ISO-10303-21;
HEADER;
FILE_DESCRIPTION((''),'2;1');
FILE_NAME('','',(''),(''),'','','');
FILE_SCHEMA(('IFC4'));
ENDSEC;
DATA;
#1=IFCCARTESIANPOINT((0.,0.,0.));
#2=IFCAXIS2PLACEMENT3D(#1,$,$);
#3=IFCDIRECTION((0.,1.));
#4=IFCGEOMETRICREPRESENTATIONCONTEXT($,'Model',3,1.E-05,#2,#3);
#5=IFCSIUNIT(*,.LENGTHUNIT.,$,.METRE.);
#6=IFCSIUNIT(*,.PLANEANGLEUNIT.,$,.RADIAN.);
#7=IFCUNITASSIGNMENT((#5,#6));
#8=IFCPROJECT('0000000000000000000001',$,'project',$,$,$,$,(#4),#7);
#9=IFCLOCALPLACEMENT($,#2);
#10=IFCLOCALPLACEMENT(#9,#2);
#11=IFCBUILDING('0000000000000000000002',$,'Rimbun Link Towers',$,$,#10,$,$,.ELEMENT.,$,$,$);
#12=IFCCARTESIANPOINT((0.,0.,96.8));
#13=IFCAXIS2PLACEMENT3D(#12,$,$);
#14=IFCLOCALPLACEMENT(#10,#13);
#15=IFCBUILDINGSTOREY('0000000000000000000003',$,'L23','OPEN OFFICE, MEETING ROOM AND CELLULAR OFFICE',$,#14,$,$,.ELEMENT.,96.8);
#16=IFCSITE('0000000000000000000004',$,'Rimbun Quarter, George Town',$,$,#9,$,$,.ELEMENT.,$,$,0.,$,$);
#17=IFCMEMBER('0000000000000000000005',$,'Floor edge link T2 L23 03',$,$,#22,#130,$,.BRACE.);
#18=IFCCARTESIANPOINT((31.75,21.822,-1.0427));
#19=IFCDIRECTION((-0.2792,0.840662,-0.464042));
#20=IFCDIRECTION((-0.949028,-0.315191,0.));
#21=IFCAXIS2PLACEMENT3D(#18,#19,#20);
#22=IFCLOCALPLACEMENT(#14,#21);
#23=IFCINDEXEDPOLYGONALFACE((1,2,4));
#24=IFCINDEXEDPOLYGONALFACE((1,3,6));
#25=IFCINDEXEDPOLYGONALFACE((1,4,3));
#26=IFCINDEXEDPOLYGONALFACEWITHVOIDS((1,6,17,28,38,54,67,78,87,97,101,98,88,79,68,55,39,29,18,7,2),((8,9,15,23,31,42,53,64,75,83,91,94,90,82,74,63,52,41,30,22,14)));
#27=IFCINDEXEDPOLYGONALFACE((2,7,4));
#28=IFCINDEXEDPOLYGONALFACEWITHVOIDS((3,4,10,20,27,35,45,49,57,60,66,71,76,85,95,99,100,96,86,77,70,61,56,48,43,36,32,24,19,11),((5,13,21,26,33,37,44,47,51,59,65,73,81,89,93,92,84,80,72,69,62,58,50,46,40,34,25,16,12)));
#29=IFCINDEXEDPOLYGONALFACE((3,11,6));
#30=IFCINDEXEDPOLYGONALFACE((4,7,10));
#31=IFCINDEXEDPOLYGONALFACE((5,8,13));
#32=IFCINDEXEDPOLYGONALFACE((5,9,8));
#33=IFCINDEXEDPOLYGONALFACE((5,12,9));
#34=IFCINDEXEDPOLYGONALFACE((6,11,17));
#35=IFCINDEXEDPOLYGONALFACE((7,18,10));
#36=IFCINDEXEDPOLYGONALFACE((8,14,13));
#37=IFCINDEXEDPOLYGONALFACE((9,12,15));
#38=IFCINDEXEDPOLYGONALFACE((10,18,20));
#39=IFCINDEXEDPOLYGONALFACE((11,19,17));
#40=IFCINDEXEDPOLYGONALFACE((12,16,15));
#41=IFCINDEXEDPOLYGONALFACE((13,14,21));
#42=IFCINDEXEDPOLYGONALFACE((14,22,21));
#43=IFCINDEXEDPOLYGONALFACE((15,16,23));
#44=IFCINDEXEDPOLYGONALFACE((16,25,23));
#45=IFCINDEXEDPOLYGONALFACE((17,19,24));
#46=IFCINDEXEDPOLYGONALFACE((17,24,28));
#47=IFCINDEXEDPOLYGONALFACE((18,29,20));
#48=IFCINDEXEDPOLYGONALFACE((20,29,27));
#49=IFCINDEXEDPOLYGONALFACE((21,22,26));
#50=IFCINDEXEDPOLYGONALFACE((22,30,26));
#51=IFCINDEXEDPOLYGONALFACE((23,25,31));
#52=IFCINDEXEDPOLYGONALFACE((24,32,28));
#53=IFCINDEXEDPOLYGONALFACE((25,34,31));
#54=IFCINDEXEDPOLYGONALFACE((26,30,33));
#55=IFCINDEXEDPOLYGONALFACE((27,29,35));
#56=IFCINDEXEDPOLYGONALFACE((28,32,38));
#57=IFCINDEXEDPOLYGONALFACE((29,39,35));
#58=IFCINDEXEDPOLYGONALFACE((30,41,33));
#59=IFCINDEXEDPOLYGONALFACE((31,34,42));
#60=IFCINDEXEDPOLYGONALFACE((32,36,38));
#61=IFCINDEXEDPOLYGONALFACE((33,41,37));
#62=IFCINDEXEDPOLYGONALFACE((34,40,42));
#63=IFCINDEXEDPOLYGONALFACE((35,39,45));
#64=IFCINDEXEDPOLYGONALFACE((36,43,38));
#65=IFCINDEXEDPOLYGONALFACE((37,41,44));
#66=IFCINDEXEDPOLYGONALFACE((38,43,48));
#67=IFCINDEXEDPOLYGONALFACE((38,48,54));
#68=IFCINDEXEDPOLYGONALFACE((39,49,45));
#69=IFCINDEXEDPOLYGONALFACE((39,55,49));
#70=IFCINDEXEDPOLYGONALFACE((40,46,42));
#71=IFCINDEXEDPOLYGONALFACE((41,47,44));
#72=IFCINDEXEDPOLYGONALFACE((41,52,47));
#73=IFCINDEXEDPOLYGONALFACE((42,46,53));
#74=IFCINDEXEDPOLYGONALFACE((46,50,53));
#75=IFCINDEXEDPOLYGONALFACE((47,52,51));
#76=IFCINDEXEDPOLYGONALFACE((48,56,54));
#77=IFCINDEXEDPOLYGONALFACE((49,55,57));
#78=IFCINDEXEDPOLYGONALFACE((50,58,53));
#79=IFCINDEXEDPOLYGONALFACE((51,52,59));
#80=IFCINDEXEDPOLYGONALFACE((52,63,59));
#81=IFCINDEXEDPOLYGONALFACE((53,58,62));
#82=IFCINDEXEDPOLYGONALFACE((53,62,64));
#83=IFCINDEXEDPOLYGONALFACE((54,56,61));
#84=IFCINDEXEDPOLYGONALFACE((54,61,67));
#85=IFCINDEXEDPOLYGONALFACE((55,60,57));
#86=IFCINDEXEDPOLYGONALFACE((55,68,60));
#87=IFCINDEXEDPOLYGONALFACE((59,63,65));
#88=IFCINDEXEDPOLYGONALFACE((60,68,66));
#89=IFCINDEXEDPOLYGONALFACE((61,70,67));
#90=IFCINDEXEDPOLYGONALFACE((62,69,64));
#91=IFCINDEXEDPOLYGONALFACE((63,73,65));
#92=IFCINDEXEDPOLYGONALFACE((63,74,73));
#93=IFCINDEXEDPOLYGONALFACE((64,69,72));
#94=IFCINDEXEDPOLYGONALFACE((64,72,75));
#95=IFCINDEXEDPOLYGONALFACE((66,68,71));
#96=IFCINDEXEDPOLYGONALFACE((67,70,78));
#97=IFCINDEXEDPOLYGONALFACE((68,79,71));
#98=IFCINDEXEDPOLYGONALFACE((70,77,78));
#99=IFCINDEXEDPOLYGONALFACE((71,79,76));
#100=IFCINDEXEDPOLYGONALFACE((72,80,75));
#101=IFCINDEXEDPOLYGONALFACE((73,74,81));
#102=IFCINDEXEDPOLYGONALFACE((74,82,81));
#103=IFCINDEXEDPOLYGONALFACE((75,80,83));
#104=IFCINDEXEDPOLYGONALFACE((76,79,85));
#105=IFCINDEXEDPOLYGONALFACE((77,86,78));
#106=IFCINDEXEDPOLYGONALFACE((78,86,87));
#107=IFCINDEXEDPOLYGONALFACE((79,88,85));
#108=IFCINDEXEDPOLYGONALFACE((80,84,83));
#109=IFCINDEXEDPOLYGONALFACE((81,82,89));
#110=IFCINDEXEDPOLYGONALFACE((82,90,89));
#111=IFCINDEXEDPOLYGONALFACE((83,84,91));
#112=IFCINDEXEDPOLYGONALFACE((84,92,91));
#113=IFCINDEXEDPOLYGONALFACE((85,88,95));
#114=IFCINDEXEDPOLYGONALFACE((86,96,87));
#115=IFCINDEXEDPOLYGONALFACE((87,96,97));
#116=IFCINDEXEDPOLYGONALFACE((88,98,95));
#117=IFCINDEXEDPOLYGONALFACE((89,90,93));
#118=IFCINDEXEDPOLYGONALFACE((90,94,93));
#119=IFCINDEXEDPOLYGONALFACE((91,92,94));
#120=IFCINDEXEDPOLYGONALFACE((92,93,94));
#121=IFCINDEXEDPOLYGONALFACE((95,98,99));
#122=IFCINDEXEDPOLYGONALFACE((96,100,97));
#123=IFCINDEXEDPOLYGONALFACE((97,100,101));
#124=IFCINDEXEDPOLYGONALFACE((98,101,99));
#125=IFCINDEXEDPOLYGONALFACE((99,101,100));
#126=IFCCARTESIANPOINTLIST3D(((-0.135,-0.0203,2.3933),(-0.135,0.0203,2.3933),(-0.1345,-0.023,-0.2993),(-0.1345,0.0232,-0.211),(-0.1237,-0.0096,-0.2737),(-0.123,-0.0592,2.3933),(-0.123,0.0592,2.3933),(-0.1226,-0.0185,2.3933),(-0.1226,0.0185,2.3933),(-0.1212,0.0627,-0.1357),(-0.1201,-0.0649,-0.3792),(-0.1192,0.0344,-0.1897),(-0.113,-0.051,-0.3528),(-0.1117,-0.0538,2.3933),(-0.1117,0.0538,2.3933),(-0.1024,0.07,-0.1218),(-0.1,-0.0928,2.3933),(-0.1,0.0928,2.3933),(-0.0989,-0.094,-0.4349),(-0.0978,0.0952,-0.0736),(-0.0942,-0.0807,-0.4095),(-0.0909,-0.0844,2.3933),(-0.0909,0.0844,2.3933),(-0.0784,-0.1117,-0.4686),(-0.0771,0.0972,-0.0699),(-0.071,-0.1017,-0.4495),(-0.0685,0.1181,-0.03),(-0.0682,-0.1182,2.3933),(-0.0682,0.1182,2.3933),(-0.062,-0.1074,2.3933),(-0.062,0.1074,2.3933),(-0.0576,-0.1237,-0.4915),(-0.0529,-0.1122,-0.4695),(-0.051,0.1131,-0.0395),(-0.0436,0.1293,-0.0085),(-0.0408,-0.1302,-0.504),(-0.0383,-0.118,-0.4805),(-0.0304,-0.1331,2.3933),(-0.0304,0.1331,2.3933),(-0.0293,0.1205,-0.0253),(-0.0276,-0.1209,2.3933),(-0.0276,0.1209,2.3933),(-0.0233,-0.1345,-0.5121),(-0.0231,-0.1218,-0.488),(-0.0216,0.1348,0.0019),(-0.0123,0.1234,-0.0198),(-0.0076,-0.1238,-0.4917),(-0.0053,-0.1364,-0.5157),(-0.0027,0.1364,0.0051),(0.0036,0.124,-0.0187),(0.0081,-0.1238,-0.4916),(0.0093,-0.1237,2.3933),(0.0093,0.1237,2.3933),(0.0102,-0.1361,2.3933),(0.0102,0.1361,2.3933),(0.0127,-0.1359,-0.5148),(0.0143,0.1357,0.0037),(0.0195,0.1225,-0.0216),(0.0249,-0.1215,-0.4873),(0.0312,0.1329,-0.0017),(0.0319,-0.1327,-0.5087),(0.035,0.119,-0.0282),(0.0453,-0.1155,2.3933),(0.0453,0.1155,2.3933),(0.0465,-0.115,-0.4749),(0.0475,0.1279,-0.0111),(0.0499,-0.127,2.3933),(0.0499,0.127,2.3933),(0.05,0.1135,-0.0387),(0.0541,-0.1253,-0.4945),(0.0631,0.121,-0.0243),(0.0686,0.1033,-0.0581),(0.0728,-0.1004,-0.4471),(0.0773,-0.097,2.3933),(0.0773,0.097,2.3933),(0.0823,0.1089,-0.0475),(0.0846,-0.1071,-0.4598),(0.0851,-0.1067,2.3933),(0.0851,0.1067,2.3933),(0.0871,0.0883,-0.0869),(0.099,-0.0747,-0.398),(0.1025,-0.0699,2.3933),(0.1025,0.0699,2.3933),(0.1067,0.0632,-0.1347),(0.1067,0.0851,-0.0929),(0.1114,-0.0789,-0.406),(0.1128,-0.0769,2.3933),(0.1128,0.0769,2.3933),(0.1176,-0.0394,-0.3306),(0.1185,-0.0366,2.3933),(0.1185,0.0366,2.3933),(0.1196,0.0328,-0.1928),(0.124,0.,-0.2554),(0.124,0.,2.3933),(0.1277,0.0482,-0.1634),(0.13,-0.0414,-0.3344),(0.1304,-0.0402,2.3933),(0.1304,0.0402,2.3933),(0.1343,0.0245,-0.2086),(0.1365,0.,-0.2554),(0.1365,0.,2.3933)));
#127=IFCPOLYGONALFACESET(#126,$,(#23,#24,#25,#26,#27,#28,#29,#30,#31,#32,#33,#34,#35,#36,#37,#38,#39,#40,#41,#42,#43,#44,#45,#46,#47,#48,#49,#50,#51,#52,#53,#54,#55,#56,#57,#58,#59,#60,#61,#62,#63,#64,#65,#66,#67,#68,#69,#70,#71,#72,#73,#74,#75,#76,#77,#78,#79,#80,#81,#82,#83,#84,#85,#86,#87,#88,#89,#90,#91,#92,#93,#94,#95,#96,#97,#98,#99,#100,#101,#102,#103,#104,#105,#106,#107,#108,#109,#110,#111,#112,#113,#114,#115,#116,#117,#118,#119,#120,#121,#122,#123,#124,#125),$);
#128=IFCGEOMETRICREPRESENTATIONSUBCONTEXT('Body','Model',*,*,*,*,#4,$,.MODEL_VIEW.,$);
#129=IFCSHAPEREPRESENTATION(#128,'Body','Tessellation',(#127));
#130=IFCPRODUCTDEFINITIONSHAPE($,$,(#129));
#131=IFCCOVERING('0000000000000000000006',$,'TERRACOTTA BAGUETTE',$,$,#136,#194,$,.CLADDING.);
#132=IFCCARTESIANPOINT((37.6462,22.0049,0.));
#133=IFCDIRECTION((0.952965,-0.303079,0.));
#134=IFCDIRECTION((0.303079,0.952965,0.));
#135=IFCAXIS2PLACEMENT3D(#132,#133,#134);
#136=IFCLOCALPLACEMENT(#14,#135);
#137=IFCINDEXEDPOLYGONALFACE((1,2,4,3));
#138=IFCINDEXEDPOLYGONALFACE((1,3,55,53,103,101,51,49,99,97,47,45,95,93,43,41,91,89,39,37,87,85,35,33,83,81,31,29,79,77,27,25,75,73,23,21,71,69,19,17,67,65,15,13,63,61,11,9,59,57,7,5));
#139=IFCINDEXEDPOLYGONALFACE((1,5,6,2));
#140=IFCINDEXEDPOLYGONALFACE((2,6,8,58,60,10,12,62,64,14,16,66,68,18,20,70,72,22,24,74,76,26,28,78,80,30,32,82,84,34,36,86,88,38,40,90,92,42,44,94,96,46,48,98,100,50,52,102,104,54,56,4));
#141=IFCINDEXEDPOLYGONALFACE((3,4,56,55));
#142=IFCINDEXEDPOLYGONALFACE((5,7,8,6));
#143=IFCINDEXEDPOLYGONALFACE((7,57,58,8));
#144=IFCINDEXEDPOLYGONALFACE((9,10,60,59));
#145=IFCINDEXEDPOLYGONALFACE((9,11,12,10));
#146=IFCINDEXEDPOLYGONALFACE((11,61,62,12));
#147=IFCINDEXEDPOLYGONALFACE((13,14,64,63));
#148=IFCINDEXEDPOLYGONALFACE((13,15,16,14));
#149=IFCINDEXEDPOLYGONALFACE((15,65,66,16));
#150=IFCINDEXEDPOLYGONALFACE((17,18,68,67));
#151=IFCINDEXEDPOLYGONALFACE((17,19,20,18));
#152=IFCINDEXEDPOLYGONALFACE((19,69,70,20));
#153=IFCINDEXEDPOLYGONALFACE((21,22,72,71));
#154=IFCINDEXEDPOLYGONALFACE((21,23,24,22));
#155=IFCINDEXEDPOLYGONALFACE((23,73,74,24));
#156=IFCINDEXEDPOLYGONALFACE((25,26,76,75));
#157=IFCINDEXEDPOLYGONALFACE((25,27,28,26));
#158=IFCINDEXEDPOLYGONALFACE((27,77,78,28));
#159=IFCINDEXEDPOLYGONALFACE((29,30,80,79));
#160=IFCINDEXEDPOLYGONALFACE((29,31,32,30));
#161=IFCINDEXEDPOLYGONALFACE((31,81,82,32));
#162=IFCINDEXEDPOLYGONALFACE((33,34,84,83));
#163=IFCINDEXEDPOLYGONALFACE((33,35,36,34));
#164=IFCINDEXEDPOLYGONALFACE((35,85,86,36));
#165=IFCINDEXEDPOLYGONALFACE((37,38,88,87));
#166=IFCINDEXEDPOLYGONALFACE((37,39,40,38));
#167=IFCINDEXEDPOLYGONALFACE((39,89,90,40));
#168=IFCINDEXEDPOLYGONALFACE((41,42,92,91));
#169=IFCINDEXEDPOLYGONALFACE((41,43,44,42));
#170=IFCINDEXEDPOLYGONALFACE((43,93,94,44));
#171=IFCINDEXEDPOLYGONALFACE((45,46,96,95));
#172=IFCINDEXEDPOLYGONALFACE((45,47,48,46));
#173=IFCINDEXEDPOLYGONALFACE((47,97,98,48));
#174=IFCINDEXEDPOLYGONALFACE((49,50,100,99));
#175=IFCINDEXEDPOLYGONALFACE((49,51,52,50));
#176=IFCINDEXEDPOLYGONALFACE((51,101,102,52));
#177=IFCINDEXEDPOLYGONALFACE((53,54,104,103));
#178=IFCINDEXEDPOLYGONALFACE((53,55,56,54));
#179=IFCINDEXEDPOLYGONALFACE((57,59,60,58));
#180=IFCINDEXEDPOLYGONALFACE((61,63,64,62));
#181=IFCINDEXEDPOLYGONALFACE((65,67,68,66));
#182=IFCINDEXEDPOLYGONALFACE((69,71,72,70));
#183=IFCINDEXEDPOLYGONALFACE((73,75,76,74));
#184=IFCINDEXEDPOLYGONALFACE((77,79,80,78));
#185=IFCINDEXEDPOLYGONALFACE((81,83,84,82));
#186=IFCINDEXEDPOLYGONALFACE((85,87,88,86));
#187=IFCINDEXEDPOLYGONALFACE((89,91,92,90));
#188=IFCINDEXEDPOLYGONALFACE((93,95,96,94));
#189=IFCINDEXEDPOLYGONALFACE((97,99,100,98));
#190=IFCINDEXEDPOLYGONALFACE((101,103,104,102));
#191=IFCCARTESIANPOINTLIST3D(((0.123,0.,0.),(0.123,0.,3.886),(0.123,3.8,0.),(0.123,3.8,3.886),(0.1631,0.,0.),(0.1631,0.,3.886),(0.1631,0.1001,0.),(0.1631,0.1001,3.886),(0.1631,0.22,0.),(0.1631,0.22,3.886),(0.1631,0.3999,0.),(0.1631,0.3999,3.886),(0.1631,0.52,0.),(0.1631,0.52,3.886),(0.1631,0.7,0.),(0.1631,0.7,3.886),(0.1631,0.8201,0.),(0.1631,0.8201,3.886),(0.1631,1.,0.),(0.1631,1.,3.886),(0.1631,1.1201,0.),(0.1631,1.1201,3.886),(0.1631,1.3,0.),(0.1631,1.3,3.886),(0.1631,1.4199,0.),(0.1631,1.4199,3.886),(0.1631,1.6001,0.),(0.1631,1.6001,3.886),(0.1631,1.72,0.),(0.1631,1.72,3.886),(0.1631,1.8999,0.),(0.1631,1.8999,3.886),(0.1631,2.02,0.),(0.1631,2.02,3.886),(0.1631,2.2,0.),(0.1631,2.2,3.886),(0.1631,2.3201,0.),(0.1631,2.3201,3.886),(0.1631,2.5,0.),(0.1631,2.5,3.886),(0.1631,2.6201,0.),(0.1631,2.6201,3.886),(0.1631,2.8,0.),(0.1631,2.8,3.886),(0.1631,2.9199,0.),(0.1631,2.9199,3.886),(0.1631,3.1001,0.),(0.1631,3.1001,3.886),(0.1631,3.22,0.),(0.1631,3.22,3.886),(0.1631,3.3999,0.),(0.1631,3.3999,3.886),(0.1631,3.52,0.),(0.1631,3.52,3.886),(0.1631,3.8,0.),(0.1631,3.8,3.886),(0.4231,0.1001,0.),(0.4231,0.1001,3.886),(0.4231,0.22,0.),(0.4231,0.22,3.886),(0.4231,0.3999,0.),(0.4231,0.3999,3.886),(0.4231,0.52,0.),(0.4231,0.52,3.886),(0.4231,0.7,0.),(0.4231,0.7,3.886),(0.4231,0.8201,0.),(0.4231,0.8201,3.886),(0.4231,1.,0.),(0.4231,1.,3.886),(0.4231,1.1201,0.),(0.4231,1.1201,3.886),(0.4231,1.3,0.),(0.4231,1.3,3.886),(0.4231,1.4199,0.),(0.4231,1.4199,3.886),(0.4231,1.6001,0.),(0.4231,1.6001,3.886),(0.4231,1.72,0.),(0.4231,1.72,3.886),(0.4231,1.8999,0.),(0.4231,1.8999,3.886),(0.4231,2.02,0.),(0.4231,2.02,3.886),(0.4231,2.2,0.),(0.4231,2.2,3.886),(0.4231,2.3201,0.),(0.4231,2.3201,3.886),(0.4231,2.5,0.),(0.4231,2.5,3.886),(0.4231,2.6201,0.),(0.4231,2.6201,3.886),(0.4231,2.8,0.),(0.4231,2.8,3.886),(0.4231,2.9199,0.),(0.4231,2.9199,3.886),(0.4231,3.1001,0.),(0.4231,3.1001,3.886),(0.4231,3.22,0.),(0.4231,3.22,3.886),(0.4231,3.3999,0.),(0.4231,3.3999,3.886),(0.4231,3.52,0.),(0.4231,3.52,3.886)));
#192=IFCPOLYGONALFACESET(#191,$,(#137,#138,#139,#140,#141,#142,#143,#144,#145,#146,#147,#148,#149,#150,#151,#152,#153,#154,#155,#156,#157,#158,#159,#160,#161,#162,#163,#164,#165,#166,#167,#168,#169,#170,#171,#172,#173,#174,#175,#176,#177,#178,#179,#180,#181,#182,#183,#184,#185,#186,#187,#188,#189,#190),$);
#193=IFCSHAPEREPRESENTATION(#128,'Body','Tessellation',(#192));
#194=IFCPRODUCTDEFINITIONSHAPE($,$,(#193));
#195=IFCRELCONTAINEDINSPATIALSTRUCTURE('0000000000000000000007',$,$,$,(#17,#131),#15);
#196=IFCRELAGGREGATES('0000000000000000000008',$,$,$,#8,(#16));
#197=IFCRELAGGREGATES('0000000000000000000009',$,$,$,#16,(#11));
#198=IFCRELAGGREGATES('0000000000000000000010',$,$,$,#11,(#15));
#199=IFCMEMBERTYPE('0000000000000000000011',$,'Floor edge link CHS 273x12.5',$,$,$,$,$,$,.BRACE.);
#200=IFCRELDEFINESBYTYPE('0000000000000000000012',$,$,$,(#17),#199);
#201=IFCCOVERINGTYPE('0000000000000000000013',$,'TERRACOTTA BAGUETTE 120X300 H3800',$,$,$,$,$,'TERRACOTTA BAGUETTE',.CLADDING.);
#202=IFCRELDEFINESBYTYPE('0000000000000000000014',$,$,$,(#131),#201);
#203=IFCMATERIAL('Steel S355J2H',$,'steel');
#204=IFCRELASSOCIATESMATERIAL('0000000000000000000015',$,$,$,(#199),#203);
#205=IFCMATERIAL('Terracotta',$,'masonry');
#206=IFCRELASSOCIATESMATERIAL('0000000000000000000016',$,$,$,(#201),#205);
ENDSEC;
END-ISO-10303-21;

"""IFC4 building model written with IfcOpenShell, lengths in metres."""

from ifc_helpers import new_model, si_unit, direction, frame, origin, origin_2d, place, context, subcontext, project, spatial, polyline, hollow_circle, outline, extrude, clip, halfspace, material, material_profile, profile_set, type_object, element, save


model = new_model("IFC4")

# Units and contexts
model_context = context("Model", 3, precision=1e-05, world=origin(), true_north=direction((0.0, 1.0)))
body_context = subcontext(model_context, "Body", "Model", "MODEL_VIEW")
ifc_project = project(units=[si_unit("LENGTHUNIT", "METRE"), si_unit("PLANEANGLEUNIT", "RADIAN")], contexts=[model_context])

# Site, building, storey
site_placement = place(None, origin())
site = spatial("IfcSite", under=ifc_project, at=site_placement, Name="Rimbun Quarter, George Town", CompositionType="ELEMENT", RefElevation=0.0)
building_placement = place(site_placement, origin())
building = spatial("IfcBuilding", under=site, at=building_placement, Name="Rimbun Link Towers", CompositionType="ELEMENT")
storey_placement = place(building_placement, frame((0.0, 0.0, 96.8)))
storey = spatial("IfcBuildingStorey", under=building, at=storey_placement, Name="L23", Description="OPEN OFFICE, MEETING ROOM AND CELLULAR OFFICE", CompositionType="ELEMENT", Elevation=96.8)

# Member
ifc_material_1 = material(Name="Steel S355J2H", Category="steel")
ifc_material_profile_1 = material_profile(ifc_material_1, hollow_circle(Radius=0.1365, WallThickness=0.0125, at=origin_2d()), Name="CHS 273x12.5")
ifc_profile_set_1 = profile_set([ifc_material_profile_1], Name="Steel S355J2H")
member_type_1 = type_object("IfcMemberType", Name="Floor edge link CHS 273x12.5", PredefinedType="BRACE", material=ifc_profile_set_1)
member_1_placement = place(storey_placement, frame((31.75, 21.822, -1.0427), z_axis=(-0.2792, 0.840662, -0.464042), x_axis=(-0.949028, -0.315191, 0.0)))
element("IfcMember", 1, at=member_1_placement, inside=storey, type_object=member_type_1, Name="Floor edge link T2 L23 03", PredefinedType="BRACE", context=body_context, shape_type="Clipping", body=[
    clip(extrude(hollow_circle(Radius=0.1365, WallThickness=0.0125, at=origin_2d()), frame((0.0, 0.0, -0.5427)), (0.0, 0.0, 1.0), 2.936), halfspace(frame((0.0, 0.0, -0.2554), z_axis=(0.0, 0.885813, -0.464042)), False)),
])

# Covering
ifc_material_2 = material(Name="Terracotta", Category="masonry")
ifc_material_profile_2 = material_profile(ifc_material_2, outline(polyline([(0.123, 0.0), (0.1631, 0.0), (0.1631, 0.1001), (0.4231, 0.1001), (0.4231, 0.22), (0.1631, 0.22), (0.1631, 0.3999), (0.4231, 0.3999), (0.4231, 0.52), (0.1631, 0.52), (0.1631, 0.7), (0.4231, 0.7), (0.4231, 0.8201), (0.1631, 0.8201), (0.1631, 1.0), (0.4231, 1.0), (0.4231, 1.1201), (0.1631, 1.1201), (0.1631, 1.3), (0.4231, 1.3), (0.4231, 1.4199), (0.1631, 1.4199), (0.1631, 1.6001), (0.4231, 1.6001), (0.4231, 1.72), (0.1631, 1.72), (0.1631, 1.8999), (0.4231, 1.8999), (0.4231, 2.02), (0.1631, 2.02), (0.1631, 2.2), (0.4231, 2.2), (0.4231, 2.3201), (0.1631, 2.3201), (0.1631, 2.5), (0.4231, 2.5), (0.4231, 2.6201), (0.1631, 2.6201), (0.1631, 2.8), (0.4231, 2.8), (0.4231, 2.9199), (0.1631, 2.9199), (0.1631, 3.1001), (0.4231, 3.1001), (0.4231, 3.22), (0.1631, 3.22), (0.1631, 3.3999), (0.4231, 3.3999), (0.4231, 3.52), (0.1631, 3.52), (0.1631, 3.8), (0.123, 3.8), (0.123, 0.0)])), Name="BAGUETTE 120X300")
ifc_profile_set_2 = profile_set([ifc_material_profile_2], Name="Terracotta")
covering_type = type_object("IfcCoveringType", Name="TERRACOTTA BAGUETTE 120X300 H3800", ElementType="TERRACOTTA BAGUETTE", PredefinedType="CLADDING", material=ifc_profile_set_2)
covering_1_placement = place(storey_placement, frame((37.6462, 22.0049, 0.0), z_axis=(0.952965, -0.303079, 0.0), x_axis=(0.303079, 0.952965, 0.0)))
element("IfcCovering", 2, at=covering_1_placement, inside=storey, type_object=covering_type, Name="TERRACOTTA BAGUETTE", PredefinedType="CLADDING", context=body_context, shape_type="SweptSolid", body=[
    extrude(outline(polyline([(0.123, 0.0), (0.1631, 0.0), (0.1631, 0.1001), (0.4231, 0.1001), (0.4231, 0.22), (0.1631, 0.22), (0.1631, 0.3999), (0.4231, 0.3999), (0.4231, 0.52), (0.1631, 0.52), (0.1631, 0.7), (0.4231, 0.7), (0.4231, 0.8201), (0.1631, 0.8201), (0.1631, 1.0), (0.4231, 1.0), (0.4231, 1.1201), (0.1631, 1.1201), (0.1631, 1.3), (0.4231, 1.3), (0.4231, 1.4199), (0.1631, 1.4199), (0.1631, 1.6001), (0.4231, 1.6001), (0.4231, 1.72), (0.1631, 1.72), (0.1631, 1.8999), (0.4231, 1.8999), (0.4231, 2.02), (0.1631, 2.02), (0.1631, 2.2), (0.4231, 2.2), (0.4231, 2.3201), (0.1631, 2.3201), (0.1631, 2.5), (0.4231, 2.5), (0.4231, 2.6201), (0.1631, 2.6201), (0.1631, 2.8), (0.4231, 2.8), (0.4231, 2.9199), (0.1631, 2.9199), (0.1631, 3.1001), (0.4231, 3.1001), (0.4231, 3.22), (0.1631, 3.22), (0.1631, 3.3999), (0.4231, 3.3999), (0.4231, 3.52), (0.1631, 3.52), (0.1631, 3.8), (0.123, 3.8), (0.123, 0.0)])), origin(), (0.0, 0.0, 1.0), 3.886),
])

save(model, "model.ifc")
